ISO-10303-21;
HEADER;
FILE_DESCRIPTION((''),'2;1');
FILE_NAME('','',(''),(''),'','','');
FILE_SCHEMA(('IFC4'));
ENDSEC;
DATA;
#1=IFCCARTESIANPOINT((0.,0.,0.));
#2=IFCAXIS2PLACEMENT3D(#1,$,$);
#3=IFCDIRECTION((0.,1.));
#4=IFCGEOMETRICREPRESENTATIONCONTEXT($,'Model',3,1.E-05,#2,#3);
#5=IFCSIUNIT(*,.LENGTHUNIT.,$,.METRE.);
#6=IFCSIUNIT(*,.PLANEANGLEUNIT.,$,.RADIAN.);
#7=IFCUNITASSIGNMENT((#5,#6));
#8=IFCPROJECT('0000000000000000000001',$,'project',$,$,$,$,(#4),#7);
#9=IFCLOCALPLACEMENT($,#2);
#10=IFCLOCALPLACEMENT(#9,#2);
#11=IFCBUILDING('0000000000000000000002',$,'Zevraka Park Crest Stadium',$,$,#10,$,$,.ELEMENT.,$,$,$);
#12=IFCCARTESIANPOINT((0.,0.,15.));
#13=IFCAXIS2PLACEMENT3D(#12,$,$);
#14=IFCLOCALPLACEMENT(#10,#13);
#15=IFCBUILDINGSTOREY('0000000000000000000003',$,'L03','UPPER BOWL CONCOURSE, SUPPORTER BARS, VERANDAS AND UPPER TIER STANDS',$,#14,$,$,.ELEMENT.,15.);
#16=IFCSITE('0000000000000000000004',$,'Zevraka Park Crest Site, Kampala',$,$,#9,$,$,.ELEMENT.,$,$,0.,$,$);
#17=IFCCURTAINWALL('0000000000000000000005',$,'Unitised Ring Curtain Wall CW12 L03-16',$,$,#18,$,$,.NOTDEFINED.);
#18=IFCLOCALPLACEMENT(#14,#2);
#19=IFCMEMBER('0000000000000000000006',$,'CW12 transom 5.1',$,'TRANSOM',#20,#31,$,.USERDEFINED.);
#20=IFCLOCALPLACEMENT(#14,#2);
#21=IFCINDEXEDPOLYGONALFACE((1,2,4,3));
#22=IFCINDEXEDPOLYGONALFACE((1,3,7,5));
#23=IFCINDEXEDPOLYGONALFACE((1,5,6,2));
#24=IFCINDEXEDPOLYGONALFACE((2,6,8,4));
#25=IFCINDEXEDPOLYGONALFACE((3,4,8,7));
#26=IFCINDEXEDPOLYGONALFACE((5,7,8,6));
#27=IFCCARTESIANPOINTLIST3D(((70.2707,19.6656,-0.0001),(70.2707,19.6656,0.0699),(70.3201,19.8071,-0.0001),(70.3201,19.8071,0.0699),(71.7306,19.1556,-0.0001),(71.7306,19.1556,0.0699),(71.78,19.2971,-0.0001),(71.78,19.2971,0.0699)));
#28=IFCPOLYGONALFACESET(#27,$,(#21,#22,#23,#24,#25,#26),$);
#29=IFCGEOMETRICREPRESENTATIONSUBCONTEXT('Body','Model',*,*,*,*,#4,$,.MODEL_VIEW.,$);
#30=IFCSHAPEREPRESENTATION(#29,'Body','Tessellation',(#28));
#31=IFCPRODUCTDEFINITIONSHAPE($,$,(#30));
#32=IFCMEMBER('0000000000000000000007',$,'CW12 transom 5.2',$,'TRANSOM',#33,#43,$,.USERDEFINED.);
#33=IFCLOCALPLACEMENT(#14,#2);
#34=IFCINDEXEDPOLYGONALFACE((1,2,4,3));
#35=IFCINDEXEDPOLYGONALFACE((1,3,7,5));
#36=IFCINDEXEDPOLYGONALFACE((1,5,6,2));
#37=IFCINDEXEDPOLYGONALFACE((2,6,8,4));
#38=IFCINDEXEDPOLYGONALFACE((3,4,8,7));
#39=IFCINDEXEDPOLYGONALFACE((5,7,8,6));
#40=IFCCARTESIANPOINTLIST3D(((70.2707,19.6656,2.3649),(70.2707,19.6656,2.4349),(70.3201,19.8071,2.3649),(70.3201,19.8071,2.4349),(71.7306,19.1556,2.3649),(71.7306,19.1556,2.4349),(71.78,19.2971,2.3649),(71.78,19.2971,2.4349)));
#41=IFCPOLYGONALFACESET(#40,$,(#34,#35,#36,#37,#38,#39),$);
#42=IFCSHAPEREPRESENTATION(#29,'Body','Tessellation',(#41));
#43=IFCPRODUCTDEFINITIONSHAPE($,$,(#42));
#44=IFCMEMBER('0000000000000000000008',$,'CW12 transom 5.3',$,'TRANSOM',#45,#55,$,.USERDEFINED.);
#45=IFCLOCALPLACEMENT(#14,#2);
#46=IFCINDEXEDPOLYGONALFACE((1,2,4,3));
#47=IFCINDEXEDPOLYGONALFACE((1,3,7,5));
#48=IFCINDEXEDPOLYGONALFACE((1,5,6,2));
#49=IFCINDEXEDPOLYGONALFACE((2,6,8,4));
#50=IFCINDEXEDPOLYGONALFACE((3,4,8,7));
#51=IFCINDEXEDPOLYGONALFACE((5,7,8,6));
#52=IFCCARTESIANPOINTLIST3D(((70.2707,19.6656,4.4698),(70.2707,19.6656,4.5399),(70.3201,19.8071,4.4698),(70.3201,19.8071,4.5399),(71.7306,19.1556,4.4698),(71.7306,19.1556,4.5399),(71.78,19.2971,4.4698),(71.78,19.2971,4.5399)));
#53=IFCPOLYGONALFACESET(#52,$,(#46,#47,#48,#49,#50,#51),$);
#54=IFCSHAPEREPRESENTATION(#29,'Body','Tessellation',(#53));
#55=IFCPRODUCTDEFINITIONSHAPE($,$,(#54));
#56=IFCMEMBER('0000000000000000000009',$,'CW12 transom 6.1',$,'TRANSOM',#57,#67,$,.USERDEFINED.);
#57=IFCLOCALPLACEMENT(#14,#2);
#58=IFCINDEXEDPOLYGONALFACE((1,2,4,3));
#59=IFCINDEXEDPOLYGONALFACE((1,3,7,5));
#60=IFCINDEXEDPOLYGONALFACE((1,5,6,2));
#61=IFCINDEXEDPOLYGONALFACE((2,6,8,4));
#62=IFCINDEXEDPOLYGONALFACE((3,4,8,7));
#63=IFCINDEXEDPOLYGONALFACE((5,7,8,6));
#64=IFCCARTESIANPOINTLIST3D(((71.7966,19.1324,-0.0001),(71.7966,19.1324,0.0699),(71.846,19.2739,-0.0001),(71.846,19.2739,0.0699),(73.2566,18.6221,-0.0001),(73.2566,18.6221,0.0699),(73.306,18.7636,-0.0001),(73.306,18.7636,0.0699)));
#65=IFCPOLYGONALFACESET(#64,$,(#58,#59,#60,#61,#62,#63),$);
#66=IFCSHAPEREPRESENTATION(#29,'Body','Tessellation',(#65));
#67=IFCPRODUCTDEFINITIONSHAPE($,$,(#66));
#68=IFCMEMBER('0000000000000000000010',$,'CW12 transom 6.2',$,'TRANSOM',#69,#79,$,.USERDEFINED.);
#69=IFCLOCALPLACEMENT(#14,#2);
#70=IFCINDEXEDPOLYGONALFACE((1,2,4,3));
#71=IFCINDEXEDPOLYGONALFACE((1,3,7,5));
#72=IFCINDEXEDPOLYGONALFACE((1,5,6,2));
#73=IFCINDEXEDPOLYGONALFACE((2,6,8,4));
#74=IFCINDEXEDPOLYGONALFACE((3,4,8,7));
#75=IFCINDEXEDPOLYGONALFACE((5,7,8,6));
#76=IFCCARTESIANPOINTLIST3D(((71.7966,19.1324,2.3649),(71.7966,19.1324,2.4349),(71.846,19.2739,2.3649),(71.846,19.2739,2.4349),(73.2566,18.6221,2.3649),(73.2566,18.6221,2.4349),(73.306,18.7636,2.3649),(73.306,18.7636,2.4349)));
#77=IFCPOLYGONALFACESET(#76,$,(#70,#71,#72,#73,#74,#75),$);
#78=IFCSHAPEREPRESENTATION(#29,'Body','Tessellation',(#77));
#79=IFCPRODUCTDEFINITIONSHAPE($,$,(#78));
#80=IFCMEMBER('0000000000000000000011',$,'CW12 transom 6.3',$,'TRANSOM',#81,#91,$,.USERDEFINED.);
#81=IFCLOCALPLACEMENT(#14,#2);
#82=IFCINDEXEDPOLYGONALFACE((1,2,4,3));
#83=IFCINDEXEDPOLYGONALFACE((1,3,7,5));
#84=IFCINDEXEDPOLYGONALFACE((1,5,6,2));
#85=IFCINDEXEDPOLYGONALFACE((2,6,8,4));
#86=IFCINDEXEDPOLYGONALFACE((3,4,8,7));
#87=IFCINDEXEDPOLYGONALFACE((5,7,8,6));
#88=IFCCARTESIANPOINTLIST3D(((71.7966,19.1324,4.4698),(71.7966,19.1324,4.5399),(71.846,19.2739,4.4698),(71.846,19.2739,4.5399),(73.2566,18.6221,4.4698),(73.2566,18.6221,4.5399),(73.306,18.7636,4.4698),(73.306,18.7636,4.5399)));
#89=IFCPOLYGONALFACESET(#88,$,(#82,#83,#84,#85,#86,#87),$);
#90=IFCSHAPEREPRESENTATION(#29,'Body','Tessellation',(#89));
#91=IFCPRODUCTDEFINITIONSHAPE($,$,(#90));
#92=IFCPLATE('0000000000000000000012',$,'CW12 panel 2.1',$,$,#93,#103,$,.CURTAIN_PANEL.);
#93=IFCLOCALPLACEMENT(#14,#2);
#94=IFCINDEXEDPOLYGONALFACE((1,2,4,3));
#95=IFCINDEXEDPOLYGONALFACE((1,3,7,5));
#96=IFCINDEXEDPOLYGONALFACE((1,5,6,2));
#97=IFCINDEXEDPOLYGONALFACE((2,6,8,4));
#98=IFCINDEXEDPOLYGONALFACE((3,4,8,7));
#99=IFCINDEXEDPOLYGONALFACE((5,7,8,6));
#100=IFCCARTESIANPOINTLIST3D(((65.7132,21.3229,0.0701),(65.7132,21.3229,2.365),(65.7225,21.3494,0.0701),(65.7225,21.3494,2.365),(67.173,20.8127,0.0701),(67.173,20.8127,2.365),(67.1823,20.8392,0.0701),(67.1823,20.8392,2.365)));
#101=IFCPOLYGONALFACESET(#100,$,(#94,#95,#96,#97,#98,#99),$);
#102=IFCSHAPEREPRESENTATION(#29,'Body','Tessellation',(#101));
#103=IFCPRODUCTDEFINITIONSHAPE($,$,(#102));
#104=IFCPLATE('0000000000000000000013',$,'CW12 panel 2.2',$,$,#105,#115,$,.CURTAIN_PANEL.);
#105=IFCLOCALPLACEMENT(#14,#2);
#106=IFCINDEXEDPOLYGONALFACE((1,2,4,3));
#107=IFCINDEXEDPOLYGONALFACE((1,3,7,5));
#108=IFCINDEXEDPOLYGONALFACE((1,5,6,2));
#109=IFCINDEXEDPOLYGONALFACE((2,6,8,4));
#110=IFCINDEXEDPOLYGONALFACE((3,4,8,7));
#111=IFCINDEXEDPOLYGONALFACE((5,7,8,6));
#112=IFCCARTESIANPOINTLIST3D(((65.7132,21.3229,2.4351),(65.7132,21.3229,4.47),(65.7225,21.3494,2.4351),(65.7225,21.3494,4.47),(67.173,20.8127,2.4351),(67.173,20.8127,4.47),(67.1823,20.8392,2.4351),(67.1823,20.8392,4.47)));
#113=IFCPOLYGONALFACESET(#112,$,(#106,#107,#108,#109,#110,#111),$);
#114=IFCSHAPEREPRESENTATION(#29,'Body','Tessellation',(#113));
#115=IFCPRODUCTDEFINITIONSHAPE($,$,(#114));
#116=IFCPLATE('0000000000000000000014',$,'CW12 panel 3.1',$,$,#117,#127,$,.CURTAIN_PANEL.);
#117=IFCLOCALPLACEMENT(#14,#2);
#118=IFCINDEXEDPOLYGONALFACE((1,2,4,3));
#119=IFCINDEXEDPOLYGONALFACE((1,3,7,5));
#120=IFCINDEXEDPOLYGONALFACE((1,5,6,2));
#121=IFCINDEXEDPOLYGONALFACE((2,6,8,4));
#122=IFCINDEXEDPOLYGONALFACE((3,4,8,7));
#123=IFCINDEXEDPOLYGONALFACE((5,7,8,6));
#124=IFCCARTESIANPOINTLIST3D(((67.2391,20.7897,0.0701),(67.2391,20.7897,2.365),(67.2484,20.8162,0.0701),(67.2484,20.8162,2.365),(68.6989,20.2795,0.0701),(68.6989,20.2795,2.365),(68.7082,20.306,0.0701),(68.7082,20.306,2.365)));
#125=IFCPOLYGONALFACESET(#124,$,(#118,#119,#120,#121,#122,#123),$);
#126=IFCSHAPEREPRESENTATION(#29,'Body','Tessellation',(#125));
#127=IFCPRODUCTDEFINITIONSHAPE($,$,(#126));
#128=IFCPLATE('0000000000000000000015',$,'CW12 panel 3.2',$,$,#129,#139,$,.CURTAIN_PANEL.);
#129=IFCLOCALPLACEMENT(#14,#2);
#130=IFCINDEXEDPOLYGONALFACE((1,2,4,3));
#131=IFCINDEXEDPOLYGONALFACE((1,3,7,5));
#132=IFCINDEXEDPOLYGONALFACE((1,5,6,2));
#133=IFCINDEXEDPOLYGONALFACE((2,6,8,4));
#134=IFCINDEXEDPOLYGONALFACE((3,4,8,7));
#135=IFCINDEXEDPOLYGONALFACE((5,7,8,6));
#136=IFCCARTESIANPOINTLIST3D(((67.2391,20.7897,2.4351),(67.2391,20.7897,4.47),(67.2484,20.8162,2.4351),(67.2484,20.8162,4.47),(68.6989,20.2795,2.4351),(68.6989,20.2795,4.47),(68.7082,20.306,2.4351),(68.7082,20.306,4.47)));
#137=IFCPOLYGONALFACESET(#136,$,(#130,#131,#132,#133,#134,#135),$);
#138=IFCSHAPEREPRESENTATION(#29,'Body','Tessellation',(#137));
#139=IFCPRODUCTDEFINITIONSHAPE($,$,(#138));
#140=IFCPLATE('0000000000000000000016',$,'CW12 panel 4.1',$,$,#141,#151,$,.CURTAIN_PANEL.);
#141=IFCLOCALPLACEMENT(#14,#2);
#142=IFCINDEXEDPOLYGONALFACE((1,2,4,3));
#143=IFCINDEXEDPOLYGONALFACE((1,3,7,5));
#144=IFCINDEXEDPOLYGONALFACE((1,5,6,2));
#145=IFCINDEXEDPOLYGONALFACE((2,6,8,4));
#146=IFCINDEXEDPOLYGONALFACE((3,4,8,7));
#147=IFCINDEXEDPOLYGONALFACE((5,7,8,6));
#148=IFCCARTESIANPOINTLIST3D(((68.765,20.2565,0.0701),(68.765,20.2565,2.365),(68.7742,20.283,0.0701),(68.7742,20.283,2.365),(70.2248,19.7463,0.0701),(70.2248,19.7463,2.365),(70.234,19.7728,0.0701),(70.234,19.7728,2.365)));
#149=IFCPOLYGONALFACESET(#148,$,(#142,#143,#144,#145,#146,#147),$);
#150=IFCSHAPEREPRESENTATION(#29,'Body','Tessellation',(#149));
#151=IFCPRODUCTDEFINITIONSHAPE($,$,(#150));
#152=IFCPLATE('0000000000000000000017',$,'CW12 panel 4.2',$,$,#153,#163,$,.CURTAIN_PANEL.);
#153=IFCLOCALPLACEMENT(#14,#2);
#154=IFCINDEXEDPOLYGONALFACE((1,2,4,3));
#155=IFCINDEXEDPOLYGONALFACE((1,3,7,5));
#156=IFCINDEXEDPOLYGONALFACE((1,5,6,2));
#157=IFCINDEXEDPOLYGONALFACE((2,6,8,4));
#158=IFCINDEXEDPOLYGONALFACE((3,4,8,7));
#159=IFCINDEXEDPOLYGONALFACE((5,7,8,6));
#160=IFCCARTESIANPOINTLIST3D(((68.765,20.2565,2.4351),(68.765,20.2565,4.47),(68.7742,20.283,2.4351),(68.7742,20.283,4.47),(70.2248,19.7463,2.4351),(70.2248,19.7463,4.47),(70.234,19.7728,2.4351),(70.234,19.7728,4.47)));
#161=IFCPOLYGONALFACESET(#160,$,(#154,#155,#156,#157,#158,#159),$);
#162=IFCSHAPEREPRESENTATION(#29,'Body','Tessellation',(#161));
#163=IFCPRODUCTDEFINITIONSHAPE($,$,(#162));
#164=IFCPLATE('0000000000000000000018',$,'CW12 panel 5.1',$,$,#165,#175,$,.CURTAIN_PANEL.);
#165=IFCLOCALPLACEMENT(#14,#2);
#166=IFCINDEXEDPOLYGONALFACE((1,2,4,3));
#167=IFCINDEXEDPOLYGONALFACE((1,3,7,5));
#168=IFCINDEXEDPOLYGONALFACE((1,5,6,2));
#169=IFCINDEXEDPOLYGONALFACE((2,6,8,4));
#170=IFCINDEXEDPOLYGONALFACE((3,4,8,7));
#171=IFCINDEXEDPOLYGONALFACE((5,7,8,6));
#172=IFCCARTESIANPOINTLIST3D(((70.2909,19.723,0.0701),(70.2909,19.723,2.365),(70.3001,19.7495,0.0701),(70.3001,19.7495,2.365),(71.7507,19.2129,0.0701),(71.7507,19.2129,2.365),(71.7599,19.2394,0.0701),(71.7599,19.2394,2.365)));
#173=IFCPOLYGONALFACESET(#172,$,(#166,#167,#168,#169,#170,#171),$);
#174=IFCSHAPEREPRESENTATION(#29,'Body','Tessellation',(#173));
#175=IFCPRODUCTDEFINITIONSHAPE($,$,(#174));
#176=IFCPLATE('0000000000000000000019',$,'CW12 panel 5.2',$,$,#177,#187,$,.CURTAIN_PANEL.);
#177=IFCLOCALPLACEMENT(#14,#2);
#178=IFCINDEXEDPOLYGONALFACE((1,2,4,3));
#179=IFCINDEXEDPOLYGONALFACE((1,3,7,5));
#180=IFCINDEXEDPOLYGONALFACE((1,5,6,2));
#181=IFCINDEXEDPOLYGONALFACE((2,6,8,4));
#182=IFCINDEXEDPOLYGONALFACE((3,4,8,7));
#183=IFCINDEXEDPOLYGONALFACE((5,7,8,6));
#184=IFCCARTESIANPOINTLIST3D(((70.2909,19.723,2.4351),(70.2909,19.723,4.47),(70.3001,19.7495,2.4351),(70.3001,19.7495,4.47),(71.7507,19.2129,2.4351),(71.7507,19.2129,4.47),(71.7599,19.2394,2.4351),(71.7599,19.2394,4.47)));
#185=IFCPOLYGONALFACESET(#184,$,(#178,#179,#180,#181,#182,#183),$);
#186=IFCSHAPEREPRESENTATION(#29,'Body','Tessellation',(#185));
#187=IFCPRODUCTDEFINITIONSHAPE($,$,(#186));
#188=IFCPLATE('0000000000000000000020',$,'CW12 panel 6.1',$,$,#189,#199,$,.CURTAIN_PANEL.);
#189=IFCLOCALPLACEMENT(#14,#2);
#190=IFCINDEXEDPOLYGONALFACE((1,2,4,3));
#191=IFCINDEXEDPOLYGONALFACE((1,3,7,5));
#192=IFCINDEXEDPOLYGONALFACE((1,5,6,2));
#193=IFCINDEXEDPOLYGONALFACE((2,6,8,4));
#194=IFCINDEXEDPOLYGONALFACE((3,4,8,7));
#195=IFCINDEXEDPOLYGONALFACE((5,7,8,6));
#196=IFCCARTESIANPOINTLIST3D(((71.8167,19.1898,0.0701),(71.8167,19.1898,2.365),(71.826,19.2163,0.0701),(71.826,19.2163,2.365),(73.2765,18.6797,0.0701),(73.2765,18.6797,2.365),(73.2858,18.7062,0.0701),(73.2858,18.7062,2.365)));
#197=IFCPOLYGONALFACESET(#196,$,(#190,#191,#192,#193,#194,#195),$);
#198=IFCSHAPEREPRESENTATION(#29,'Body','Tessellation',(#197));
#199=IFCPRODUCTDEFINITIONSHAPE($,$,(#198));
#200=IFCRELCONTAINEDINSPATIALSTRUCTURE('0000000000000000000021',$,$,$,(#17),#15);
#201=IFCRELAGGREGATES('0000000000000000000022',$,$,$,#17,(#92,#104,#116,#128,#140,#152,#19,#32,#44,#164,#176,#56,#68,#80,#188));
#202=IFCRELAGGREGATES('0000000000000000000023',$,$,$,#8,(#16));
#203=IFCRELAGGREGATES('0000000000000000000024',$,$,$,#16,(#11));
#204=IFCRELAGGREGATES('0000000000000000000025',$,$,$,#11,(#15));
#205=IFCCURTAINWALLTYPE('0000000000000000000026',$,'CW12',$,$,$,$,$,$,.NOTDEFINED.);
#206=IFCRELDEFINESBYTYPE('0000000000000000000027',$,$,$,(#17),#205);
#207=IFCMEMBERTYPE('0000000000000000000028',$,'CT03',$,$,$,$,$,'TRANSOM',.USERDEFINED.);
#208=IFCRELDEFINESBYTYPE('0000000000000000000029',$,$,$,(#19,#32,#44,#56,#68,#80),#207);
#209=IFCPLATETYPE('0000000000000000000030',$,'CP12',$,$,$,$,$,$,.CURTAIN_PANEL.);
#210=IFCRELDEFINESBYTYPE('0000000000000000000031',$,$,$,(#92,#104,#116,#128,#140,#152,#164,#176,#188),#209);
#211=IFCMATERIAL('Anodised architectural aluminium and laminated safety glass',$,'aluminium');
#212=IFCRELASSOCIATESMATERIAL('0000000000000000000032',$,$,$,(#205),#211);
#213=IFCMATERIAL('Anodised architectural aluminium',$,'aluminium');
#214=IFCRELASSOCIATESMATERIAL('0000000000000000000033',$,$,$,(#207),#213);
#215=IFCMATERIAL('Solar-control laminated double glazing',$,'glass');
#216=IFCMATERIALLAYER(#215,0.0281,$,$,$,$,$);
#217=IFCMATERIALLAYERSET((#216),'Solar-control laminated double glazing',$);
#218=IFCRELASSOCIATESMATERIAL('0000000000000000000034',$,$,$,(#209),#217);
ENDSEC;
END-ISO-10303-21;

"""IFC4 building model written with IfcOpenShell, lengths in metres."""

from ifc_helpers import new_model, si_unit, direction, frame, origin, origin_2d, place, context, subcontext, project, spatial, rectangle, extrude, material, layer, layer_set, material_profile, profile_set, type_object, element, aggregate, save


model = new_model("IFC4")

# Units and contexts
model_context = context("Model", 3, precision=1e-05, world=origin(), true_north=direction((0.0, 1.0)))
body_context = subcontext(model_context, "Body", "Model", "MODEL_VIEW")
ifc_project = project(units=[si_unit("LENGTHUNIT", "METRE"), si_unit("PLANEANGLEUNIT", "RADIAN")], contexts=[model_context])

# Site, building, storey
site_placement = place(None, origin())
site = spatial("IfcSite", under=ifc_project, at=site_placement, Name="Zevraka Park Crest Site, Kampala", CompositionType="ELEMENT", RefElevation=0.0)
building_placement = place(site_placement, origin())
building = spatial("IfcBuilding", under=site, at=building_placement, Name="Zevraka Park Crest Stadium", CompositionType="ELEMENT")
storey_placement = place(building_placement, frame((0.0, 0.0, 15.0)))
storey = spatial("IfcBuildingStorey", under=building, at=storey_placement, Name="L03", Description="UPPER BOWL CONCOURSE, SUPPORTER BARS, VERANDAS AND UPPER TIER STANDS", CompositionType="ELEMENT", Elevation=15.0)

# Curtain wall, members, plates
ifc_material_1 = material(Name="Anodised architectural aluminium and laminated safety glass", Category="aluminium")
curtain_wall_type = type_object("IfcCurtainWallType", Name="CW12", PredefinedType="NOTDEFINED", material=ifc_material_1)
curtain_wall_placement = place(storey_placement, origin())
curtain_wall = element("IfcCurtainWall", 1, at=curtain_wall_placement, inside=storey, type_object=curtain_wall_type, Name="Unitised Ring Curtain Wall CW12 L03-16", PredefinedType="NOTDEFINED")
ifc_material_2 = material(Name="Anodised architectural aluminium", Category="aluminium")
ifc_material_profile_1 = material_profile(ifc_material_2, rectangle(XDim=0.1499, YDim=0.0701, at=origin_2d()), Name="ALU TRANSOM 150x70")
ifc_profile_set_1 = profile_set([ifc_material_profile_1], Name="Anodised architectural aluminium")
member_type_1 = type_object("IfcMemberType", Name="CT03", ElementType="TRANSOM", PredefinedType="USERDEFINED", material=ifc_profile_set_1)
member_1_placement = place(storey_placement, frame((70.2954, 19.7363, 0.0349), z_axis=(0.944055, -0.329788, 0.0), x_axis=(0.329788, 0.944055, 0.0)))
member_1 = element("IfcMember", 2, at=member_1_placement, type_object=member_type_1, Name="CW12 transom 5.1", ObjectType="TRANSOM", PredefinedType="USERDEFINED", context=body_context, shape_type="SweptSolid", body=[
    extrude(rectangle(XDim=0.1499, YDim=0.0701, at=origin_2d()), origin(), (0.0, 0.0, 1.0), 1.5464),
])
member_2_placement = place(storey_placement, frame((70.2954, 19.7363, 2.3999), z_axis=(0.944055, -0.329788, 0.0), x_axis=(0.329788, 0.944055, 0.0)))
member_2 = element("IfcMember", 3, at=member_2_placement, type_object=member_type_1, Name="CW12 transom 5.2", ObjectType="TRANSOM", PredefinedType="USERDEFINED", context=body_context, shape_type="SweptSolid", body=[
    extrude(rectangle(XDim=0.1499, YDim=0.0701, at=origin_2d()), origin(), (0.0, 0.0, 1.0), 1.5464),
])
member_3_placement = place(storey_placement, frame((70.2954, 19.7363, 4.5049), z_axis=(0.944055, -0.329788, 0.0), x_axis=(0.329788, 0.944055, 0.0)))
member_3 = element("IfcMember", 4, at=member_3_placement, type_object=member_type_1, Name="CW12 transom 5.3", ObjectType="TRANSOM", PredefinedType="USERDEFINED", context=body_context, shape_type="SweptSolid", body=[
    extrude(rectangle(XDim=0.1499, YDim=0.0701, at=origin_2d()), origin(), (0.0, 0.0, 1.0), 1.5464),
])
member_4_placement = place(storey_placement, frame((71.8213, 19.2031, 0.0349), z_axis=(0.944006, -0.329928, 0.0), x_axis=(0.329928, 0.944006, 0.0)))
member_4 = element("IfcMember", 5, at=member_4_placement, type_object=member_type_1, Name="CW12 transom 6.1", ObjectType="TRANSOM", PredefinedType="USERDEFINED", context=body_context, shape_type="SweptSolid", body=[
    extrude(rectangle(XDim=0.1499, YDim=0.0701, at=origin_2d()), origin(), (0.0, 0.0, 1.0), 1.5466),
])
member_5_placement = place(storey_placement, frame((71.8213, 19.2031, 2.3999), z_axis=(0.944006, -0.329928, 0.0), x_axis=(0.329928, 0.944006, 0.0)))
member_5 = element("IfcMember", 6, at=member_5_placement, type_object=member_type_1, Name="CW12 transom 6.2", ObjectType="TRANSOM", PredefinedType="USERDEFINED", context=body_context, shape_type="SweptSolid", body=[
    extrude(rectangle(XDim=0.1499, YDim=0.0701, at=origin_2d()), origin(), (0.0, 0.0, 1.0), 1.5466),
])
member_6_placement = place(storey_placement, frame((71.8213, 19.2031, 4.5049), z_axis=(0.944006, -0.329928, 0.0), x_axis=(0.329928, 0.944006, 0.0)))
member_6 = element("IfcMember", 7, at=member_6_placement, type_object=member_type_1, Name="CW12 transom 6.3", ObjectType="TRANSOM", PredefinedType="USERDEFINED", context=body_context, shape_type="SweptSolid", body=[
    extrude(rectangle(XDim=0.1499, YDim=0.0701, at=origin_2d()), origin(), (0.0, 0.0, 1.0), 1.5466),
])
ifc_material_3 = material(Name="Solar-control laminated double glazing", Category="glass")
ifc_layer_1 = layer(ifc_material_3, 0.0281)
ifc_layer_set_1 = layer_set([ifc_layer_1], Name="Solar-control laminated double glazing")
plate_type = type_object("IfcPlateType", Name="CP12", PredefinedType="CURTAIN_PANEL", material=ifc_layer_set_1)
plate_1_placement = place(storey_placement, frame((66.4478, 21.0811, 0.0701), z_axis=(0.0, 0.0, 1.0), x_axis=(0.94401, -0.329917, 0.0)))
plate_1 = element("IfcPlate", 8, at=plate_1_placement, type_object=plate_type, Name="CW12 panel 2.1", PredefinedType="CURTAIN_PANEL", context=body_context, shape_type="SweptSolid", body=[
    extrude(rectangle(XDim=1.5464, YDim=0.0281, at=origin_2d()), origin(), (0.0, 0.0, 1.0), 2.2949),
])
plate_2_placement = place(storey_placement, frame((66.4478, 21.0811, 2.4351), z_axis=(0.0, 0.0, 1.0), x_axis=(0.94401, -0.329917, 0.0)))
plate_2 = element("IfcPlate", 9, at=plate_2_placement, type_object=plate_type, Name="CW12 panel 2.2", PredefinedType="CURTAIN_PANEL", context=body_context, shape_type="SweptSolid", body=[
    extrude(rectangle(XDim=1.5464, YDim=0.0281, at=origin_2d()), origin(), (0.0, 0.0, 1.0), 2.0349),
])
plate_3_placement = place(storey_placement, frame((67.9736, 20.5479, 0.0701), z_axis=(0.0, 0.0, 1.0), x_axis=(0.94401, -0.329917, 0.0)))
plate_3 = element("IfcPlate", 10, at=plate_3_placement, type_object=plate_type, Name="CW12 panel 3.1", PredefinedType="CURTAIN_PANEL", context=body_context, shape_type="SweptSolid", body=[
    extrude(rectangle(XDim=1.5464, YDim=0.0281, at=origin_2d()), origin(), (0.0, 0.0, 1.0), 2.2949),
])
plate_4_placement = place(storey_placement, frame((67.9736, 20.5479, 2.4351), z_axis=(0.0, 0.0, 1.0), x_axis=(0.94401, -0.329917, 0.0)))
plate_4 = element("IfcPlate", 11, at=plate_4_placement, type_object=plate_type, Name="CW12 panel 3.2", PredefinedType="CURTAIN_PANEL", context=body_context, shape_type="SweptSolid", body=[
    extrude(rectangle(XDim=1.5464, YDim=0.0281, at=origin_2d()), origin(), (0.0, 0.0, 1.0), 2.0349),
])
plate_5_placement = place(storey_placement, frame((69.4995, 20.0146, 0.0701), z_axis=(0.0, 0.0, 1.0), x_axis=(0.94401, -0.329917, 0.0)))
plate_5 = element("IfcPlate", 12, at=plate_5_placement, type_object=plate_type, Name="CW12 panel 4.1", PredefinedType="CURTAIN_PANEL", context=body_context, shape_type="SweptSolid", body=[
    extrude(rectangle(XDim=1.5464, YDim=0.0281, at=origin_2d()), origin(), (0.0, 0.0, 1.0), 2.2949),
])
plate_6_placement = place(storey_placement, frame((69.4995, 20.0146, 2.4351), z_axis=(0.0, 0.0, 1.0), x_axis=(0.94401, -0.329917, 0.0)))
plate_6 = element("IfcPlate", 13, at=plate_6_placement, type_object=plate_type, Name="CW12 panel 4.2", PredefinedType="CURTAIN_PANEL", context=body_context, shape_type="SweptSolid", body=[
    extrude(rectangle(XDim=1.5464, YDim=0.0281, at=origin_2d()), origin(), (0.0, 0.0, 1.0), 2.0349),
])
plate_7_placement = place(storey_placement, frame((71.0254, 19.4812, 0.0701), z_axis=(0.0, 0.0, 1.0), x_axis=(0.94401, -0.329917, 0.0)))
plate_7 = element("IfcPlate", 14, at=plate_7_placement, type_object=plate_type, Name="CW12 panel 5.1", PredefinedType="CURTAIN_PANEL", context=body_context, shape_type="SweptSolid", body=[
    extrude(rectangle(XDim=1.5464, YDim=0.0281, at=origin_2d()), origin(), (0.0, 0.0, 1.0), 2.2949),
])
plate_8_placement = place(storey_placement, frame((71.0254, 19.4812, 2.4351), z_axis=(0.0, 0.0, 1.0), x_axis=(0.94401, -0.329917, 0.0)))
plate_8 = element("IfcPlate", 15, at=plate_8_placement, type_object=plate_type, Name="CW12 panel 5.2", PredefinedType="CURTAIN_PANEL", context=body_context, shape_type="SweptSolid", body=[
    extrude(rectangle(XDim=1.5464, YDim=0.0281, at=origin_2d()), origin(), (0.0, 0.0, 1.0), 2.0349),
])
plate_9_placement = place(storey_placement, frame((72.5513, 18.948, 0.0701), z_axis=(0.0, 0.0, 1.0), x_axis=(0.94401, -0.329917, 0.0)))
plate_9 = element("IfcPlate", 16, at=plate_9_placement, type_object=plate_type, Name="CW12 panel 6.1", PredefinedType="CURTAIN_PANEL", context=body_context, shape_type="SweptSolid", body=[
    extrude(rectangle(XDim=1.5464, YDim=0.0281, at=origin_2d()), origin(), (0.0, 0.0, 1.0), 2.2949),
])
aggregate(curtain_wall, [plate_1, plate_2, plate_3, plate_4, plate_5, plate_6, member_1, member_2, member_3, plate_7, plate_8, member_4, member_5, member_6, plate_9])

save(model, "model.ifc")
